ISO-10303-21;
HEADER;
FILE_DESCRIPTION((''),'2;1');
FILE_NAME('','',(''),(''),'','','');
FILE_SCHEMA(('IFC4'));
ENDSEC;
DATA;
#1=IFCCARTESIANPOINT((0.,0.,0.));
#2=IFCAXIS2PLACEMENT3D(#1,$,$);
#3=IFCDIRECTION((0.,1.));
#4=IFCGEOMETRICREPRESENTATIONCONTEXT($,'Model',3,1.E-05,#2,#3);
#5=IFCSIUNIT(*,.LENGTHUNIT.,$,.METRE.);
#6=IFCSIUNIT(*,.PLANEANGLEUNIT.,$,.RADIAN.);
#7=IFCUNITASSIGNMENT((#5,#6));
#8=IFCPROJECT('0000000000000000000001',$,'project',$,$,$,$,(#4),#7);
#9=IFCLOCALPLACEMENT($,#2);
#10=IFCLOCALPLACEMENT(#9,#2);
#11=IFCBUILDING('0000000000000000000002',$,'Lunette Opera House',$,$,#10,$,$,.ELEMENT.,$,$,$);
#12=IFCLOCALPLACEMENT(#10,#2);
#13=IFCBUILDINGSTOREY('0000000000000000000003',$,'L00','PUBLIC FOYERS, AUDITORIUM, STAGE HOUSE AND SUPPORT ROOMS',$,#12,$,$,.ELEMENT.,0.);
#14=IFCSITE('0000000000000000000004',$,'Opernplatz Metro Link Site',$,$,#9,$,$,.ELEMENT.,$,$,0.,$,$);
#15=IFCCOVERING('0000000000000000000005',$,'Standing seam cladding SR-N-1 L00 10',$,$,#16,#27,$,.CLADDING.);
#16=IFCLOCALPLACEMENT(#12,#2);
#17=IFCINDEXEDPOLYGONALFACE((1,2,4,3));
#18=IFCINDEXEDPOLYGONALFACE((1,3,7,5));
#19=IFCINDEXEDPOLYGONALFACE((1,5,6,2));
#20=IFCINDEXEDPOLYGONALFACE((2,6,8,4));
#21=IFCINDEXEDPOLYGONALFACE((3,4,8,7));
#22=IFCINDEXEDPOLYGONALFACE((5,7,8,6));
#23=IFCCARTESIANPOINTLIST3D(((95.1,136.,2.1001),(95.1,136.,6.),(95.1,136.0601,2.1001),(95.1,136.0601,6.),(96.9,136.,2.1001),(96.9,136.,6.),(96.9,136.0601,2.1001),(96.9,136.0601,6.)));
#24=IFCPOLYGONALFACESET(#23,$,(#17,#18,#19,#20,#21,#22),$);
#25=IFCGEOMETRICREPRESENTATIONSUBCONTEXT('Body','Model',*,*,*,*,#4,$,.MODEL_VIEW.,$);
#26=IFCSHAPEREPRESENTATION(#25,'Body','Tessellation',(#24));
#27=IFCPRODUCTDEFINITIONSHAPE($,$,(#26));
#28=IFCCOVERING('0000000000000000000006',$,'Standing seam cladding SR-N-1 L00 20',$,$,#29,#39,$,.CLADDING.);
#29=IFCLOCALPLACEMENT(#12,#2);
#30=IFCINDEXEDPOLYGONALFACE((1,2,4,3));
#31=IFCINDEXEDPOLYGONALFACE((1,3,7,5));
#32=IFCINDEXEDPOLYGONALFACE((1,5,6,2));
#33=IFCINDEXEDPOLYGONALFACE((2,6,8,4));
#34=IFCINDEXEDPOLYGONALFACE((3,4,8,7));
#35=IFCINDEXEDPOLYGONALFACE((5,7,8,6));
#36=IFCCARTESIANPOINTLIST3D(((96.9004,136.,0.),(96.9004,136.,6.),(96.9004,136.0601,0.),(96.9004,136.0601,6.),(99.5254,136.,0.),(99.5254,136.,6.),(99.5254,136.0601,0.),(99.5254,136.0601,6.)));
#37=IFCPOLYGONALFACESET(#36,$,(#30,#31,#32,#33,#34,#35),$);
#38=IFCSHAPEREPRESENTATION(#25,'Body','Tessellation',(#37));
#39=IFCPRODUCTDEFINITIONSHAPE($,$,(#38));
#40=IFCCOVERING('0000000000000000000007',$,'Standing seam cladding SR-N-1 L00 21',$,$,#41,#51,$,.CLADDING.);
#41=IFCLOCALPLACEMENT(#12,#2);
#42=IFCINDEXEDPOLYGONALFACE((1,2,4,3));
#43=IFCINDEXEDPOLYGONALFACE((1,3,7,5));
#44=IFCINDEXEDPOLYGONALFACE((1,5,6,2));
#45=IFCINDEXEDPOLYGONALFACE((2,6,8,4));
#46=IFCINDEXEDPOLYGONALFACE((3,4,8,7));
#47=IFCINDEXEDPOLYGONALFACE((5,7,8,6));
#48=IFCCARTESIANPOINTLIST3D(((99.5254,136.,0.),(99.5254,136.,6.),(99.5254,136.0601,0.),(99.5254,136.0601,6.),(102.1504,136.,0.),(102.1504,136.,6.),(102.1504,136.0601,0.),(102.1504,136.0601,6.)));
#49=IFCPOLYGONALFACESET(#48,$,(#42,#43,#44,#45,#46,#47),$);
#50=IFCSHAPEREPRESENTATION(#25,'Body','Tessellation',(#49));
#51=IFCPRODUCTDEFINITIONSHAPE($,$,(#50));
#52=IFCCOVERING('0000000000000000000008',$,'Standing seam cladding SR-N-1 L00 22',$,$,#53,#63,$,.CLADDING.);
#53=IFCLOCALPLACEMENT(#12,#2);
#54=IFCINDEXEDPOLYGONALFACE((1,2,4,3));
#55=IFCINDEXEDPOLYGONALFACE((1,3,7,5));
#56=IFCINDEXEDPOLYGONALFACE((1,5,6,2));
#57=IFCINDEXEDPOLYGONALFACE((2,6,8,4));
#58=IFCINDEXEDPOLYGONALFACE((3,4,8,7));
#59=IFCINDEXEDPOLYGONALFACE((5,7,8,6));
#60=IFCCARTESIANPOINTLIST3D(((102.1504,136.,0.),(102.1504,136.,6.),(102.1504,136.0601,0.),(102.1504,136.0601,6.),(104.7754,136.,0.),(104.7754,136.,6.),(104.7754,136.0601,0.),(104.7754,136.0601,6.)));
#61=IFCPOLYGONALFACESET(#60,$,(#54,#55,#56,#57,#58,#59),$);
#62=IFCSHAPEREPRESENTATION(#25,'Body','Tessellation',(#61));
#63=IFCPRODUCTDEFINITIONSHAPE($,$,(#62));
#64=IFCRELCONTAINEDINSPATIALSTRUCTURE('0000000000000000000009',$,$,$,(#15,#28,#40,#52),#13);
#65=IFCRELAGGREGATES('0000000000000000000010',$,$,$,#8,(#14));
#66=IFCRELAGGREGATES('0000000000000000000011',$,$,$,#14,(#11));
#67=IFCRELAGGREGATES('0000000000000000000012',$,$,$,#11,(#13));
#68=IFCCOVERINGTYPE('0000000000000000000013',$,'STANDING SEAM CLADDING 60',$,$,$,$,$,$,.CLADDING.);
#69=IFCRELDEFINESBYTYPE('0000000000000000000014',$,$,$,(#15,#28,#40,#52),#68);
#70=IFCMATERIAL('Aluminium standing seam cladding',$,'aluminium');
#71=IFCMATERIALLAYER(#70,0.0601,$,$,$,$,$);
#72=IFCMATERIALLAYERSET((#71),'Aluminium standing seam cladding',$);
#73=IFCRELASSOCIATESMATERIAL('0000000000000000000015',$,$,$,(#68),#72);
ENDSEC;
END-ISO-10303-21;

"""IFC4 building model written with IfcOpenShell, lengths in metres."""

from ifc_helpers import new_model, si_unit, direction, frame, origin, origin_2d, place, context, subcontext, project, spatial, rectangle, extrude, material, layer, layer_set, type_object, element, save


model = new_model("IFC4")

# Units and contexts
model_context = context("Model", 3, precision=1e-05, world=origin(), true_north=direction((0.0, 1.0)))
body_context = subcontext(model_context, "Body", "Model", "MODEL_VIEW")
ifc_project = project(units=[si_unit("LENGTHUNIT", "METRE"), si_unit("PLANEANGLEUNIT", "RADIAN")], contexts=[model_context])

# Site, building, storey
site_placement = place(None, origin())
site = spatial("IfcSite", under=ifc_project, at=site_placement, Name="Opernplatz Metro Link Site", CompositionType="ELEMENT", RefElevation=0.0)
building_placement = place(site_placement, origin())
building = spatial("IfcBuilding", under=site, at=building_placement, Name="Lunette Opera House", CompositionType="ELEMENT")
storey_placement = place(building_placement, origin())
storey = spatial("IfcBuildingStorey", under=building, at=storey_placement, Name="L00", Description="PUBLIC FOYERS, AUDITORIUM, STAGE HOUSE AND SUPPORT ROOMS", CompositionType="ELEMENT", Elevation=0.0)

# Coverings
ifc_material_1 = material(Name="Aluminium standing seam cladding", Category="aluminium")
ifc_layer_1 = layer(ifc_material_1, 0.0601)
ifc_layer_set_1 = layer_set([ifc_layer_1], Name="Aluminium standing seam cladding")
covering_type = type_object("IfcCoveringType", Name="STANDING SEAM CLADDING 60", PredefinedType="CLADDING", material=ifc_layer_set_1)
covering_placement = place(storey_placement, frame((96.0, 136.03, 2.1001), z_axis=(0.0, 0.0, 1.0), x_axis=(1.0, 0.0, 0.0)))
element("IfcCovering", 1, at=covering_placement, inside=storey, type_object=covering_type, Name="Standing seam cladding SR-N-1 L00 10", PredefinedType="CLADDING", context=body_context, shape_type="SweptSolid", body=[
    extrude(rectangle(XDim=1.8, YDim=0.0601, at=origin_2d()), origin(), (0.0, 0.0, 1.0), 3.8999),
])
for number, where, z_axis, x_axis, name in (
    (2, (98.2129, 136.03, 0.0), (0.0, 0.0, 1.0), (1.0, 0.0, 0.0), "Standing seam cladding SR-N-1 L00 20"),
    (3, (100.8379, 136.03, 0.0), (0.0, 0.0, 1.0), (1.0, 0.0, 0.0), "Standing seam cladding SR-N-1 L00 21"),
    (4, (103.4629, 136.03, 0.0), (0.0, 0.0, 1.0), (1.0, 0.0, 0.0), "Standing seam cladding SR-N-1 L00 22"),
):
    element("IfcCovering", number, at=place(storey_placement, frame(where, z_axis=z_axis, x_axis=x_axis)), inside=storey, type_object=covering_type, Name=name, PredefinedType="CLADDING", context=body_context, shape_type="SweptSolid", body=[
        extrude(rectangle(XDim=2.625, YDim=0.0601, at=origin_2d()), origin(), (0.0, 0.0, 1.0), 6.0),
    ])

save(model, "model.ifc")
